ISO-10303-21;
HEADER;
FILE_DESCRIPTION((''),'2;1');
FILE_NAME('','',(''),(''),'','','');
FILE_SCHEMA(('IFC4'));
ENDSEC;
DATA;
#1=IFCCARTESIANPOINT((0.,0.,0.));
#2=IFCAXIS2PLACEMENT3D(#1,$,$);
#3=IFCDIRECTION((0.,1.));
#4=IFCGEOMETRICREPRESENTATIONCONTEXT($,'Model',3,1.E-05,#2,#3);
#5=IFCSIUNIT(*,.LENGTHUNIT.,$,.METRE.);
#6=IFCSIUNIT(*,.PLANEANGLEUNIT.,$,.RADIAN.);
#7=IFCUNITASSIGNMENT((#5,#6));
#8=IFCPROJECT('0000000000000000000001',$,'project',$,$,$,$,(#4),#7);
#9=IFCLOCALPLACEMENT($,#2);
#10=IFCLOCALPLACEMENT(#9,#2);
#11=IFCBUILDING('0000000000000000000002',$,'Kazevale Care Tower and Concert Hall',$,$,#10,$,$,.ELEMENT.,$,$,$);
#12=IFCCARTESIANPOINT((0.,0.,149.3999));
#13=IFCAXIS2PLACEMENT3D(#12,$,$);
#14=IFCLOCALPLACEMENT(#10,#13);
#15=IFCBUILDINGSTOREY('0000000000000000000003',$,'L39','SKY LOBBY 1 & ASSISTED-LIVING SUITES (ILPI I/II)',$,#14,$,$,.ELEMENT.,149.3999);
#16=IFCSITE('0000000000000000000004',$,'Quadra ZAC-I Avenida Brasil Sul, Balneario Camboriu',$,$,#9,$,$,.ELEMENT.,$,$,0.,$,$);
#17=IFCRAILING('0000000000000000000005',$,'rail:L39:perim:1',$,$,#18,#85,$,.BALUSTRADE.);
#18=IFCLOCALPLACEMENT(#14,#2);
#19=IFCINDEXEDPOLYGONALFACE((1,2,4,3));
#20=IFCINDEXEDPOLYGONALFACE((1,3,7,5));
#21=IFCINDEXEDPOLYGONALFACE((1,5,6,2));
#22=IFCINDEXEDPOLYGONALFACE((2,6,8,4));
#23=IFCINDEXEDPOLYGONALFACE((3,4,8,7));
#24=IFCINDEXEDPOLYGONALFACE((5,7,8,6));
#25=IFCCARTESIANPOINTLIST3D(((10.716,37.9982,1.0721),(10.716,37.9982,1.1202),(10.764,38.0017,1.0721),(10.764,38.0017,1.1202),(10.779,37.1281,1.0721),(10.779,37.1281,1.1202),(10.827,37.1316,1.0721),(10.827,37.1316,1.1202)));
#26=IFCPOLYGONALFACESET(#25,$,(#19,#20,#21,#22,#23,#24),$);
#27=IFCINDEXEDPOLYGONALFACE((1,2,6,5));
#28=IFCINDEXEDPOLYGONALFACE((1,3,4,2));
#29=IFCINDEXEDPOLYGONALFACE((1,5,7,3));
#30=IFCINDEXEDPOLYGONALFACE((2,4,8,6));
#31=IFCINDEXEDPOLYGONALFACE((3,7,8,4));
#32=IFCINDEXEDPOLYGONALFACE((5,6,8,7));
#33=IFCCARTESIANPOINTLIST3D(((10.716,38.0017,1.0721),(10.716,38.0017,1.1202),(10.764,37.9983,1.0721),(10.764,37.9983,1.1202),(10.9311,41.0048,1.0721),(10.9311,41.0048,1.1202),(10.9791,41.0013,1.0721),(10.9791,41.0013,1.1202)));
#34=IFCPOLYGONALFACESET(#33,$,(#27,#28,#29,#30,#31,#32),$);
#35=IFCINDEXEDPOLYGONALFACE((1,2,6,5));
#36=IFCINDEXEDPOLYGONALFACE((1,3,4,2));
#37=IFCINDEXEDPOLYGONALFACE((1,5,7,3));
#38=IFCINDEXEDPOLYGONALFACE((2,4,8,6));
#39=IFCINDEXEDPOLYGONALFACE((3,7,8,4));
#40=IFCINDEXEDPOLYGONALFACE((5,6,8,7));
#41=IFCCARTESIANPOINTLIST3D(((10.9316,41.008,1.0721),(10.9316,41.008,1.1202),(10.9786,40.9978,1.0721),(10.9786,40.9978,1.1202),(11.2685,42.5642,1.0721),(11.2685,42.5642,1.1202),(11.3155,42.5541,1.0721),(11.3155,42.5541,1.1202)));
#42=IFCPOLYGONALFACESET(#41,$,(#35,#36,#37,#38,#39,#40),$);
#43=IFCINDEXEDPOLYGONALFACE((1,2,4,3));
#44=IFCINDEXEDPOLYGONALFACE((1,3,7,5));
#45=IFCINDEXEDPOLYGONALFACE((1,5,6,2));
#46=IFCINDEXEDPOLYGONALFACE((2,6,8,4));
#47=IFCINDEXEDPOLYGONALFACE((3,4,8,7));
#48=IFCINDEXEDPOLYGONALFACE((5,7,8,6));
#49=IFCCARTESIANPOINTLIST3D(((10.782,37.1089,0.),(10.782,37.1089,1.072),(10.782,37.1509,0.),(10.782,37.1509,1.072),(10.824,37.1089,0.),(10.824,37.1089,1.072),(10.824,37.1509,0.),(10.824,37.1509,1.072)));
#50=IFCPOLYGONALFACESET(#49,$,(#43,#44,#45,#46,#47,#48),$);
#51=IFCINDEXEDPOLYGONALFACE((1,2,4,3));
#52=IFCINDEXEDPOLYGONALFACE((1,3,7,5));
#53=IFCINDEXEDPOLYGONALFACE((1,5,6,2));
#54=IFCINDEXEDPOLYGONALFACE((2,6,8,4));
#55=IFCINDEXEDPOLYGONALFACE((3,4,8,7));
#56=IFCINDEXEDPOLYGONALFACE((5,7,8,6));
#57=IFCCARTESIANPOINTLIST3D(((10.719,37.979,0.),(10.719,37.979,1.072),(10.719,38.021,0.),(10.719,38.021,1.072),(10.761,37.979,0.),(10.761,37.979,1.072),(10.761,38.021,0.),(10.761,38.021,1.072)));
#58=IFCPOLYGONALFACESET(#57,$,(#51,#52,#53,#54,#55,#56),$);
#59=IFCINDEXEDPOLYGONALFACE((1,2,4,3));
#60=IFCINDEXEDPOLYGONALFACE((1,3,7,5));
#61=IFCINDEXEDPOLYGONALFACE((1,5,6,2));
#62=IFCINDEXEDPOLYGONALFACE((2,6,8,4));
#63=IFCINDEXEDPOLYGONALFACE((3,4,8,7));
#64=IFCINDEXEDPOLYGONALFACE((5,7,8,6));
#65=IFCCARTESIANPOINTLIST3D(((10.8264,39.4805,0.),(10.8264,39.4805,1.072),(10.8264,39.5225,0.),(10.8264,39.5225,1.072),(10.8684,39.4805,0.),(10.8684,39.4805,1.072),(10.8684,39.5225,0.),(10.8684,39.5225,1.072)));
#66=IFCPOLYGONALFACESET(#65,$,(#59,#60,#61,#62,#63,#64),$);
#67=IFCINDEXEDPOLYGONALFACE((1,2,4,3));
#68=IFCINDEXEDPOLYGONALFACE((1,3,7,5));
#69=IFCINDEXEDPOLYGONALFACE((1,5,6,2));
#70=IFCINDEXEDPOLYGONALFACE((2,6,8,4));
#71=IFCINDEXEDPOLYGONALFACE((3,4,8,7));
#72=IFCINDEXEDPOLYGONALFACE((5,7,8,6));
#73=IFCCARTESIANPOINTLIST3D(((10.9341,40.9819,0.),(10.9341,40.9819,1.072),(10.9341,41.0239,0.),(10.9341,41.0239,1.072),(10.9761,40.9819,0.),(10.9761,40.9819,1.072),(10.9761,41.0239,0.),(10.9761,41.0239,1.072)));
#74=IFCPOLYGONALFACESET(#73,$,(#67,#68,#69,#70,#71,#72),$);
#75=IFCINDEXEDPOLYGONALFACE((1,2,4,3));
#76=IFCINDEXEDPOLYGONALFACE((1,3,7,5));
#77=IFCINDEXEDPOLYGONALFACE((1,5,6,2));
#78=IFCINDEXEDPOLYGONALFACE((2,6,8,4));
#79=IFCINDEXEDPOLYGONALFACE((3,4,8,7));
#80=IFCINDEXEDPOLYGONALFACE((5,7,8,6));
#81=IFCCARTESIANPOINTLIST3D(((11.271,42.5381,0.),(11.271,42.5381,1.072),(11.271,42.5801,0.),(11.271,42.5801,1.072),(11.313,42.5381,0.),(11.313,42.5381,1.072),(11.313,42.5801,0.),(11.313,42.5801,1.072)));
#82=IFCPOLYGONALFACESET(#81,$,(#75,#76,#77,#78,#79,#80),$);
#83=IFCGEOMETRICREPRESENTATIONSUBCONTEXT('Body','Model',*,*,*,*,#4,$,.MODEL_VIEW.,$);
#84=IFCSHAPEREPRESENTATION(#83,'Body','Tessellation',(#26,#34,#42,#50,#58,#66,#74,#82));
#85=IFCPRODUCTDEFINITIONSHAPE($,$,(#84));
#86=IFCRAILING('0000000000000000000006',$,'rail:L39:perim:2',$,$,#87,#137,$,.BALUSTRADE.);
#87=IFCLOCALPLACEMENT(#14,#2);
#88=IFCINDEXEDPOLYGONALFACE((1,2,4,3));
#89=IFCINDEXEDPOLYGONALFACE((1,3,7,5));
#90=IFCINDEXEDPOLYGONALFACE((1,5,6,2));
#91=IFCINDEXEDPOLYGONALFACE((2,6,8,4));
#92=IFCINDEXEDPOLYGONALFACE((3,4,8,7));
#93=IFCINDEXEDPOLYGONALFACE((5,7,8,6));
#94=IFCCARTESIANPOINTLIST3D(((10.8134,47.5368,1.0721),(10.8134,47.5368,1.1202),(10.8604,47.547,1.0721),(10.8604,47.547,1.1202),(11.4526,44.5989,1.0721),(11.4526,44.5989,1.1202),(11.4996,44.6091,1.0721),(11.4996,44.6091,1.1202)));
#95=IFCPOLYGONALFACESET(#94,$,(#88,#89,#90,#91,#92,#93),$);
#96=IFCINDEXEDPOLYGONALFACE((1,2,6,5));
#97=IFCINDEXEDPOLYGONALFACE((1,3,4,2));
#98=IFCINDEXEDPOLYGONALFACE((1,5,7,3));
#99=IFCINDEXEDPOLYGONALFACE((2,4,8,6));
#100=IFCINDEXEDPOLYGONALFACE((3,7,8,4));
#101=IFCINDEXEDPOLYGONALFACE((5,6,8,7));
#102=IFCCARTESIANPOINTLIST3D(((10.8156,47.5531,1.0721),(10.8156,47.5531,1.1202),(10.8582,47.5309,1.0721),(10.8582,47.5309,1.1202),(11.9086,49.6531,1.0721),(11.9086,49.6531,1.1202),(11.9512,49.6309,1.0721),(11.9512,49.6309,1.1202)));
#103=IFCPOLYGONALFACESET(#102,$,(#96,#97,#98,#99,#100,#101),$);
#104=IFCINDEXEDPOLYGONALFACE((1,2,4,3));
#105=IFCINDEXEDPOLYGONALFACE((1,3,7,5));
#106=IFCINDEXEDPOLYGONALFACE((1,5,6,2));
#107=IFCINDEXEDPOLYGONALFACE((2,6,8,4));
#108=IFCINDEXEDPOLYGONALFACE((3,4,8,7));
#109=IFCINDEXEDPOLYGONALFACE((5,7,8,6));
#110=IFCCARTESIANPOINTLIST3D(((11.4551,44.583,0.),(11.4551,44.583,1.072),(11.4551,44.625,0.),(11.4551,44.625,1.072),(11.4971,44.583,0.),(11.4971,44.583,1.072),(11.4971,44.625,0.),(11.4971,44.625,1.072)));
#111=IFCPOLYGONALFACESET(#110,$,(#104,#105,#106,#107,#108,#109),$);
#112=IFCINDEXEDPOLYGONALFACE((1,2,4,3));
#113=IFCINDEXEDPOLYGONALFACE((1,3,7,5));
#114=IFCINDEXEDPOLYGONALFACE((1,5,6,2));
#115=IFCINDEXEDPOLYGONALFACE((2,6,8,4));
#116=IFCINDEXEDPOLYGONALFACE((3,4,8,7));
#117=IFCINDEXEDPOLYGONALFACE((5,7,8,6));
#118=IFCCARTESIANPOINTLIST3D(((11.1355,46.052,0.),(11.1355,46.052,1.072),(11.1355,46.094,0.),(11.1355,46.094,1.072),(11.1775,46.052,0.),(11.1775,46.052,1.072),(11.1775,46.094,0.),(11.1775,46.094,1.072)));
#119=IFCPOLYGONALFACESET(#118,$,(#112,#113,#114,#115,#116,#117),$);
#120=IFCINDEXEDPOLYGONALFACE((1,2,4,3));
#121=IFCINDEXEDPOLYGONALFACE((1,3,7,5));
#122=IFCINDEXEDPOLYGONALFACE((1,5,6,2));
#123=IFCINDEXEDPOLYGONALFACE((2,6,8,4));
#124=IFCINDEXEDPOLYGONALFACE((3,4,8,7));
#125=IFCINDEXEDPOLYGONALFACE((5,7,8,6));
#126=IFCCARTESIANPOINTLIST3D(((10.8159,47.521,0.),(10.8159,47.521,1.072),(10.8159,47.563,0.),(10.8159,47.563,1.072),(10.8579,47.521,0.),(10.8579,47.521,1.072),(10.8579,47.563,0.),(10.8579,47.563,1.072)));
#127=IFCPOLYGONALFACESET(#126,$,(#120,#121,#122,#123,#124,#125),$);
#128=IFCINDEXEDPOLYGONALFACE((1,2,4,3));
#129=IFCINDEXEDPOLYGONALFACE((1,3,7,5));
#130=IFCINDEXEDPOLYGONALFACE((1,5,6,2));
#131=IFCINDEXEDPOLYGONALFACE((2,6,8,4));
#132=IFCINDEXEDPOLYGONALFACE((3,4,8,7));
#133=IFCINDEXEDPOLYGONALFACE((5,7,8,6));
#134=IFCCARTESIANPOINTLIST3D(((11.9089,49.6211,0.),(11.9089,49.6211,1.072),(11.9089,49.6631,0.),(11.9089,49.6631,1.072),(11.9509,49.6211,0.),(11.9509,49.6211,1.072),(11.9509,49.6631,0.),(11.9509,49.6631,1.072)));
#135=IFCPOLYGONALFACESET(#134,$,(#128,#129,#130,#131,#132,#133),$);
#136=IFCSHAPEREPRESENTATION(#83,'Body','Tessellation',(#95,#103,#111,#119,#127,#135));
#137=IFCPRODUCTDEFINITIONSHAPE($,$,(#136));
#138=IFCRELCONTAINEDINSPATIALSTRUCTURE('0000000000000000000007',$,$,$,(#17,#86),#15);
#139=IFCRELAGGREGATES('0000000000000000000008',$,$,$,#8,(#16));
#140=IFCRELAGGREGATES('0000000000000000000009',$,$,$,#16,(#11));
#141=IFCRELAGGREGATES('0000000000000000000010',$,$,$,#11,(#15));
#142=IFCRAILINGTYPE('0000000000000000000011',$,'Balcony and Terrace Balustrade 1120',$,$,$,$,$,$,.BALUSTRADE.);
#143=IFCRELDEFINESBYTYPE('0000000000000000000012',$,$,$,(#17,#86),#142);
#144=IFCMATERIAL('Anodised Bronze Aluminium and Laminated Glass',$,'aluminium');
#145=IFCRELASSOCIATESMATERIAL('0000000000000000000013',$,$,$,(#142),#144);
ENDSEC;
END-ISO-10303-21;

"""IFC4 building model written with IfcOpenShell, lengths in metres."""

from ifc_helpers import new_model, si_unit, direction, frame, origin, origin_2d, place, context, subcontext, project, spatial, rectangle, extrude, material, type_object, element, save


model = new_model("IFC4")

# Units and contexts
model_context = context("Model", 3, precision=1e-05, world=origin(), true_north=direction((0.0, 1.0)))
body_context = subcontext(model_context, "Body", "Model", "MODEL_VIEW")
ifc_project = project(units=[si_unit("LENGTHUNIT", "METRE"), si_unit("PLANEANGLEUNIT", "RADIAN")], contexts=[model_context])

# Site, building, storey
site_placement = place(None, origin())
site = spatial("IfcSite", under=ifc_project, at=site_placement, Name="Quadra ZAC-I Avenida Brasil Sul, Balneario Camboriu", CompositionType="ELEMENT", RefElevation=0.0)
building_placement = place(site_placement, origin())
building = spatial("IfcBuilding", under=site, at=building_placement, Name="Kazevale Care Tower and Concert Hall", CompositionType="ELEMENT")
storey_placement = place(building_placement, frame((0.0, 0.0, 149.3999)))
storey = spatial("IfcBuildingStorey", under=building, at=storey_placement, Name="L39", Description="SKY LOBBY 1 & ASSISTED-LIVING SUITES (ILPI I/II)", CompositionType="ELEMENT", Elevation=149.3999)

# Railings
ifc_material_1 = material(Name="Anodised Bronze Aluminium and Laminated Glass", Category="aluminium")
railing_type = type_object("IfcRailingType", Name="Balcony and Terrace Balustrade 1120", PredefinedType="BALUSTRADE", material=ifc_material_1)
railing_1_placement = place(storey_placement, frame((10.803, 37.1299, 0.0)))
element("IfcRailing", 1, at=railing_1_placement, inside=storey, type_object=railing_type, Name="rail:L39:perim:1", PredefinedType="BALUSTRADE", context=body_context, shape_type="SweptSolid", body=[
    extrude(rectangle(XDim=0.0481, YDim=0.0481, at=origin_2d()), frame((0.0, 0.0, 1.0962), z_axis=(-0.072202, 0.99739, 0.0), x_axis=(-0.99739, -0.072202, 0.0)), (0.0, 0.0, 1.0), 0.8723),
    extrude(rectangle(XDim=0.0481, YDim=0.0481, at=origin_2d()), frame((-0.063, 0.8701, 1.0962), z_axis=(0.071443, 0.997445, 0.0), x_axis=(-0.997445, 0.071443, 0.0)), (0.0, 0.0, 1.0), 3.0107),
    extrude(rectangle(XDim=0.0481, YDim=0.0481, at=origin_2d()), frame((0.1521, 3.873, 1.0962), z_axis=(0.211602, 0.977356, 0.0), x_axis=(-0.977356, 0.211602, 0.0)), (0.0, 0.0, 1.0), 1.5923),
    extrude(rectangle(XDim=0.042, YDim=0.042, at=origin_2d()), origin(), (0.0, 0.0, 1.0), 1.072),
    extrude(rectangle(XDim=0.042, YDim=0.042, at=origin_2d()), frame((-0.063, 0.8701, 0.0)), (0.0, 0.0, 1.0), 1.072),
    extrude(rectangle(XDim=0.042, YDim=0.042, at=origin_2d()), frame((0.0444, 2.3716, 0.0)), (0.0, 0.0, 1.0), 1.072),
    extrude(rectangle(XDim=0.042, YDim=0.042, at=origin_2d()), frame((0.1521, 3.873, 0.0)), (0.0, 0.0, 1.0), 1.072),
    extrude(rectangle(XDim=0.042, YDim=0.042, at=origin_2d()), frame((0.489, 5.4292, 0.0)), (0.0, 0.0, 1.0), 1.072),
])
railing_2_placement = place(storey_placement, frame((11.4761, 44.604, 0.0)))
element("IfcRailing", 2, at=railing_2_placement, inside=storey, type_object=railing_type, Name="rail:L39:perim:2", PredefinedType="BALUSTRADE", context=body_context, shape_type="SweptSolid", body=[
    extrude(rectangle(XDim=0.0481, YDim=0.0481, at=origin_2d()), frame((0.0, 0.0, 1.0962), z_axis=(-0.212578, 0.977144, 0.0), x_axis=(-0.977144, -0.212578, 0.0)), (0.0, 0.0, 1.0), 3.0066),
    extrude(rectangle(XDim=0.0481, YDim=0.0481, at=origin_2d()), frame((-0.6392, 2.938, 1.0962), z_axis=(0.461674, 0.88705, 0.0), x_axis=(-0.88705, 0.461674, 0.0)), (0.0, 0.0, 1.0), 2.3674),
    extrude(rectangle(XDim=0.042, YDim=0.042, at=origin_2d()), origin(), (0.0, 0.0, 1.0), 1.072),
    extrude(rectangle(XDim=0.042, YDim=0.042, at=origin_2d()), frame((-0.3196, 1.469, 0.0)), (0.0, 0.0, 1.0), 1.072),
    extrude(rectangle(XDim=0.042, YDim=0.042, at=origin_2d()), frame((-0.6392, 2.938, 0.0)), (0.0, 0.0, 1.0), 1.072),
    extrude(rectangle(XDim=0.042, YDim=0.042, at=origin_2d()), frame((0.4539, 5.0381, 0.0)), (0.0, 0.0, 1.0), 1.072),
])

save(model, "model.ifc")
